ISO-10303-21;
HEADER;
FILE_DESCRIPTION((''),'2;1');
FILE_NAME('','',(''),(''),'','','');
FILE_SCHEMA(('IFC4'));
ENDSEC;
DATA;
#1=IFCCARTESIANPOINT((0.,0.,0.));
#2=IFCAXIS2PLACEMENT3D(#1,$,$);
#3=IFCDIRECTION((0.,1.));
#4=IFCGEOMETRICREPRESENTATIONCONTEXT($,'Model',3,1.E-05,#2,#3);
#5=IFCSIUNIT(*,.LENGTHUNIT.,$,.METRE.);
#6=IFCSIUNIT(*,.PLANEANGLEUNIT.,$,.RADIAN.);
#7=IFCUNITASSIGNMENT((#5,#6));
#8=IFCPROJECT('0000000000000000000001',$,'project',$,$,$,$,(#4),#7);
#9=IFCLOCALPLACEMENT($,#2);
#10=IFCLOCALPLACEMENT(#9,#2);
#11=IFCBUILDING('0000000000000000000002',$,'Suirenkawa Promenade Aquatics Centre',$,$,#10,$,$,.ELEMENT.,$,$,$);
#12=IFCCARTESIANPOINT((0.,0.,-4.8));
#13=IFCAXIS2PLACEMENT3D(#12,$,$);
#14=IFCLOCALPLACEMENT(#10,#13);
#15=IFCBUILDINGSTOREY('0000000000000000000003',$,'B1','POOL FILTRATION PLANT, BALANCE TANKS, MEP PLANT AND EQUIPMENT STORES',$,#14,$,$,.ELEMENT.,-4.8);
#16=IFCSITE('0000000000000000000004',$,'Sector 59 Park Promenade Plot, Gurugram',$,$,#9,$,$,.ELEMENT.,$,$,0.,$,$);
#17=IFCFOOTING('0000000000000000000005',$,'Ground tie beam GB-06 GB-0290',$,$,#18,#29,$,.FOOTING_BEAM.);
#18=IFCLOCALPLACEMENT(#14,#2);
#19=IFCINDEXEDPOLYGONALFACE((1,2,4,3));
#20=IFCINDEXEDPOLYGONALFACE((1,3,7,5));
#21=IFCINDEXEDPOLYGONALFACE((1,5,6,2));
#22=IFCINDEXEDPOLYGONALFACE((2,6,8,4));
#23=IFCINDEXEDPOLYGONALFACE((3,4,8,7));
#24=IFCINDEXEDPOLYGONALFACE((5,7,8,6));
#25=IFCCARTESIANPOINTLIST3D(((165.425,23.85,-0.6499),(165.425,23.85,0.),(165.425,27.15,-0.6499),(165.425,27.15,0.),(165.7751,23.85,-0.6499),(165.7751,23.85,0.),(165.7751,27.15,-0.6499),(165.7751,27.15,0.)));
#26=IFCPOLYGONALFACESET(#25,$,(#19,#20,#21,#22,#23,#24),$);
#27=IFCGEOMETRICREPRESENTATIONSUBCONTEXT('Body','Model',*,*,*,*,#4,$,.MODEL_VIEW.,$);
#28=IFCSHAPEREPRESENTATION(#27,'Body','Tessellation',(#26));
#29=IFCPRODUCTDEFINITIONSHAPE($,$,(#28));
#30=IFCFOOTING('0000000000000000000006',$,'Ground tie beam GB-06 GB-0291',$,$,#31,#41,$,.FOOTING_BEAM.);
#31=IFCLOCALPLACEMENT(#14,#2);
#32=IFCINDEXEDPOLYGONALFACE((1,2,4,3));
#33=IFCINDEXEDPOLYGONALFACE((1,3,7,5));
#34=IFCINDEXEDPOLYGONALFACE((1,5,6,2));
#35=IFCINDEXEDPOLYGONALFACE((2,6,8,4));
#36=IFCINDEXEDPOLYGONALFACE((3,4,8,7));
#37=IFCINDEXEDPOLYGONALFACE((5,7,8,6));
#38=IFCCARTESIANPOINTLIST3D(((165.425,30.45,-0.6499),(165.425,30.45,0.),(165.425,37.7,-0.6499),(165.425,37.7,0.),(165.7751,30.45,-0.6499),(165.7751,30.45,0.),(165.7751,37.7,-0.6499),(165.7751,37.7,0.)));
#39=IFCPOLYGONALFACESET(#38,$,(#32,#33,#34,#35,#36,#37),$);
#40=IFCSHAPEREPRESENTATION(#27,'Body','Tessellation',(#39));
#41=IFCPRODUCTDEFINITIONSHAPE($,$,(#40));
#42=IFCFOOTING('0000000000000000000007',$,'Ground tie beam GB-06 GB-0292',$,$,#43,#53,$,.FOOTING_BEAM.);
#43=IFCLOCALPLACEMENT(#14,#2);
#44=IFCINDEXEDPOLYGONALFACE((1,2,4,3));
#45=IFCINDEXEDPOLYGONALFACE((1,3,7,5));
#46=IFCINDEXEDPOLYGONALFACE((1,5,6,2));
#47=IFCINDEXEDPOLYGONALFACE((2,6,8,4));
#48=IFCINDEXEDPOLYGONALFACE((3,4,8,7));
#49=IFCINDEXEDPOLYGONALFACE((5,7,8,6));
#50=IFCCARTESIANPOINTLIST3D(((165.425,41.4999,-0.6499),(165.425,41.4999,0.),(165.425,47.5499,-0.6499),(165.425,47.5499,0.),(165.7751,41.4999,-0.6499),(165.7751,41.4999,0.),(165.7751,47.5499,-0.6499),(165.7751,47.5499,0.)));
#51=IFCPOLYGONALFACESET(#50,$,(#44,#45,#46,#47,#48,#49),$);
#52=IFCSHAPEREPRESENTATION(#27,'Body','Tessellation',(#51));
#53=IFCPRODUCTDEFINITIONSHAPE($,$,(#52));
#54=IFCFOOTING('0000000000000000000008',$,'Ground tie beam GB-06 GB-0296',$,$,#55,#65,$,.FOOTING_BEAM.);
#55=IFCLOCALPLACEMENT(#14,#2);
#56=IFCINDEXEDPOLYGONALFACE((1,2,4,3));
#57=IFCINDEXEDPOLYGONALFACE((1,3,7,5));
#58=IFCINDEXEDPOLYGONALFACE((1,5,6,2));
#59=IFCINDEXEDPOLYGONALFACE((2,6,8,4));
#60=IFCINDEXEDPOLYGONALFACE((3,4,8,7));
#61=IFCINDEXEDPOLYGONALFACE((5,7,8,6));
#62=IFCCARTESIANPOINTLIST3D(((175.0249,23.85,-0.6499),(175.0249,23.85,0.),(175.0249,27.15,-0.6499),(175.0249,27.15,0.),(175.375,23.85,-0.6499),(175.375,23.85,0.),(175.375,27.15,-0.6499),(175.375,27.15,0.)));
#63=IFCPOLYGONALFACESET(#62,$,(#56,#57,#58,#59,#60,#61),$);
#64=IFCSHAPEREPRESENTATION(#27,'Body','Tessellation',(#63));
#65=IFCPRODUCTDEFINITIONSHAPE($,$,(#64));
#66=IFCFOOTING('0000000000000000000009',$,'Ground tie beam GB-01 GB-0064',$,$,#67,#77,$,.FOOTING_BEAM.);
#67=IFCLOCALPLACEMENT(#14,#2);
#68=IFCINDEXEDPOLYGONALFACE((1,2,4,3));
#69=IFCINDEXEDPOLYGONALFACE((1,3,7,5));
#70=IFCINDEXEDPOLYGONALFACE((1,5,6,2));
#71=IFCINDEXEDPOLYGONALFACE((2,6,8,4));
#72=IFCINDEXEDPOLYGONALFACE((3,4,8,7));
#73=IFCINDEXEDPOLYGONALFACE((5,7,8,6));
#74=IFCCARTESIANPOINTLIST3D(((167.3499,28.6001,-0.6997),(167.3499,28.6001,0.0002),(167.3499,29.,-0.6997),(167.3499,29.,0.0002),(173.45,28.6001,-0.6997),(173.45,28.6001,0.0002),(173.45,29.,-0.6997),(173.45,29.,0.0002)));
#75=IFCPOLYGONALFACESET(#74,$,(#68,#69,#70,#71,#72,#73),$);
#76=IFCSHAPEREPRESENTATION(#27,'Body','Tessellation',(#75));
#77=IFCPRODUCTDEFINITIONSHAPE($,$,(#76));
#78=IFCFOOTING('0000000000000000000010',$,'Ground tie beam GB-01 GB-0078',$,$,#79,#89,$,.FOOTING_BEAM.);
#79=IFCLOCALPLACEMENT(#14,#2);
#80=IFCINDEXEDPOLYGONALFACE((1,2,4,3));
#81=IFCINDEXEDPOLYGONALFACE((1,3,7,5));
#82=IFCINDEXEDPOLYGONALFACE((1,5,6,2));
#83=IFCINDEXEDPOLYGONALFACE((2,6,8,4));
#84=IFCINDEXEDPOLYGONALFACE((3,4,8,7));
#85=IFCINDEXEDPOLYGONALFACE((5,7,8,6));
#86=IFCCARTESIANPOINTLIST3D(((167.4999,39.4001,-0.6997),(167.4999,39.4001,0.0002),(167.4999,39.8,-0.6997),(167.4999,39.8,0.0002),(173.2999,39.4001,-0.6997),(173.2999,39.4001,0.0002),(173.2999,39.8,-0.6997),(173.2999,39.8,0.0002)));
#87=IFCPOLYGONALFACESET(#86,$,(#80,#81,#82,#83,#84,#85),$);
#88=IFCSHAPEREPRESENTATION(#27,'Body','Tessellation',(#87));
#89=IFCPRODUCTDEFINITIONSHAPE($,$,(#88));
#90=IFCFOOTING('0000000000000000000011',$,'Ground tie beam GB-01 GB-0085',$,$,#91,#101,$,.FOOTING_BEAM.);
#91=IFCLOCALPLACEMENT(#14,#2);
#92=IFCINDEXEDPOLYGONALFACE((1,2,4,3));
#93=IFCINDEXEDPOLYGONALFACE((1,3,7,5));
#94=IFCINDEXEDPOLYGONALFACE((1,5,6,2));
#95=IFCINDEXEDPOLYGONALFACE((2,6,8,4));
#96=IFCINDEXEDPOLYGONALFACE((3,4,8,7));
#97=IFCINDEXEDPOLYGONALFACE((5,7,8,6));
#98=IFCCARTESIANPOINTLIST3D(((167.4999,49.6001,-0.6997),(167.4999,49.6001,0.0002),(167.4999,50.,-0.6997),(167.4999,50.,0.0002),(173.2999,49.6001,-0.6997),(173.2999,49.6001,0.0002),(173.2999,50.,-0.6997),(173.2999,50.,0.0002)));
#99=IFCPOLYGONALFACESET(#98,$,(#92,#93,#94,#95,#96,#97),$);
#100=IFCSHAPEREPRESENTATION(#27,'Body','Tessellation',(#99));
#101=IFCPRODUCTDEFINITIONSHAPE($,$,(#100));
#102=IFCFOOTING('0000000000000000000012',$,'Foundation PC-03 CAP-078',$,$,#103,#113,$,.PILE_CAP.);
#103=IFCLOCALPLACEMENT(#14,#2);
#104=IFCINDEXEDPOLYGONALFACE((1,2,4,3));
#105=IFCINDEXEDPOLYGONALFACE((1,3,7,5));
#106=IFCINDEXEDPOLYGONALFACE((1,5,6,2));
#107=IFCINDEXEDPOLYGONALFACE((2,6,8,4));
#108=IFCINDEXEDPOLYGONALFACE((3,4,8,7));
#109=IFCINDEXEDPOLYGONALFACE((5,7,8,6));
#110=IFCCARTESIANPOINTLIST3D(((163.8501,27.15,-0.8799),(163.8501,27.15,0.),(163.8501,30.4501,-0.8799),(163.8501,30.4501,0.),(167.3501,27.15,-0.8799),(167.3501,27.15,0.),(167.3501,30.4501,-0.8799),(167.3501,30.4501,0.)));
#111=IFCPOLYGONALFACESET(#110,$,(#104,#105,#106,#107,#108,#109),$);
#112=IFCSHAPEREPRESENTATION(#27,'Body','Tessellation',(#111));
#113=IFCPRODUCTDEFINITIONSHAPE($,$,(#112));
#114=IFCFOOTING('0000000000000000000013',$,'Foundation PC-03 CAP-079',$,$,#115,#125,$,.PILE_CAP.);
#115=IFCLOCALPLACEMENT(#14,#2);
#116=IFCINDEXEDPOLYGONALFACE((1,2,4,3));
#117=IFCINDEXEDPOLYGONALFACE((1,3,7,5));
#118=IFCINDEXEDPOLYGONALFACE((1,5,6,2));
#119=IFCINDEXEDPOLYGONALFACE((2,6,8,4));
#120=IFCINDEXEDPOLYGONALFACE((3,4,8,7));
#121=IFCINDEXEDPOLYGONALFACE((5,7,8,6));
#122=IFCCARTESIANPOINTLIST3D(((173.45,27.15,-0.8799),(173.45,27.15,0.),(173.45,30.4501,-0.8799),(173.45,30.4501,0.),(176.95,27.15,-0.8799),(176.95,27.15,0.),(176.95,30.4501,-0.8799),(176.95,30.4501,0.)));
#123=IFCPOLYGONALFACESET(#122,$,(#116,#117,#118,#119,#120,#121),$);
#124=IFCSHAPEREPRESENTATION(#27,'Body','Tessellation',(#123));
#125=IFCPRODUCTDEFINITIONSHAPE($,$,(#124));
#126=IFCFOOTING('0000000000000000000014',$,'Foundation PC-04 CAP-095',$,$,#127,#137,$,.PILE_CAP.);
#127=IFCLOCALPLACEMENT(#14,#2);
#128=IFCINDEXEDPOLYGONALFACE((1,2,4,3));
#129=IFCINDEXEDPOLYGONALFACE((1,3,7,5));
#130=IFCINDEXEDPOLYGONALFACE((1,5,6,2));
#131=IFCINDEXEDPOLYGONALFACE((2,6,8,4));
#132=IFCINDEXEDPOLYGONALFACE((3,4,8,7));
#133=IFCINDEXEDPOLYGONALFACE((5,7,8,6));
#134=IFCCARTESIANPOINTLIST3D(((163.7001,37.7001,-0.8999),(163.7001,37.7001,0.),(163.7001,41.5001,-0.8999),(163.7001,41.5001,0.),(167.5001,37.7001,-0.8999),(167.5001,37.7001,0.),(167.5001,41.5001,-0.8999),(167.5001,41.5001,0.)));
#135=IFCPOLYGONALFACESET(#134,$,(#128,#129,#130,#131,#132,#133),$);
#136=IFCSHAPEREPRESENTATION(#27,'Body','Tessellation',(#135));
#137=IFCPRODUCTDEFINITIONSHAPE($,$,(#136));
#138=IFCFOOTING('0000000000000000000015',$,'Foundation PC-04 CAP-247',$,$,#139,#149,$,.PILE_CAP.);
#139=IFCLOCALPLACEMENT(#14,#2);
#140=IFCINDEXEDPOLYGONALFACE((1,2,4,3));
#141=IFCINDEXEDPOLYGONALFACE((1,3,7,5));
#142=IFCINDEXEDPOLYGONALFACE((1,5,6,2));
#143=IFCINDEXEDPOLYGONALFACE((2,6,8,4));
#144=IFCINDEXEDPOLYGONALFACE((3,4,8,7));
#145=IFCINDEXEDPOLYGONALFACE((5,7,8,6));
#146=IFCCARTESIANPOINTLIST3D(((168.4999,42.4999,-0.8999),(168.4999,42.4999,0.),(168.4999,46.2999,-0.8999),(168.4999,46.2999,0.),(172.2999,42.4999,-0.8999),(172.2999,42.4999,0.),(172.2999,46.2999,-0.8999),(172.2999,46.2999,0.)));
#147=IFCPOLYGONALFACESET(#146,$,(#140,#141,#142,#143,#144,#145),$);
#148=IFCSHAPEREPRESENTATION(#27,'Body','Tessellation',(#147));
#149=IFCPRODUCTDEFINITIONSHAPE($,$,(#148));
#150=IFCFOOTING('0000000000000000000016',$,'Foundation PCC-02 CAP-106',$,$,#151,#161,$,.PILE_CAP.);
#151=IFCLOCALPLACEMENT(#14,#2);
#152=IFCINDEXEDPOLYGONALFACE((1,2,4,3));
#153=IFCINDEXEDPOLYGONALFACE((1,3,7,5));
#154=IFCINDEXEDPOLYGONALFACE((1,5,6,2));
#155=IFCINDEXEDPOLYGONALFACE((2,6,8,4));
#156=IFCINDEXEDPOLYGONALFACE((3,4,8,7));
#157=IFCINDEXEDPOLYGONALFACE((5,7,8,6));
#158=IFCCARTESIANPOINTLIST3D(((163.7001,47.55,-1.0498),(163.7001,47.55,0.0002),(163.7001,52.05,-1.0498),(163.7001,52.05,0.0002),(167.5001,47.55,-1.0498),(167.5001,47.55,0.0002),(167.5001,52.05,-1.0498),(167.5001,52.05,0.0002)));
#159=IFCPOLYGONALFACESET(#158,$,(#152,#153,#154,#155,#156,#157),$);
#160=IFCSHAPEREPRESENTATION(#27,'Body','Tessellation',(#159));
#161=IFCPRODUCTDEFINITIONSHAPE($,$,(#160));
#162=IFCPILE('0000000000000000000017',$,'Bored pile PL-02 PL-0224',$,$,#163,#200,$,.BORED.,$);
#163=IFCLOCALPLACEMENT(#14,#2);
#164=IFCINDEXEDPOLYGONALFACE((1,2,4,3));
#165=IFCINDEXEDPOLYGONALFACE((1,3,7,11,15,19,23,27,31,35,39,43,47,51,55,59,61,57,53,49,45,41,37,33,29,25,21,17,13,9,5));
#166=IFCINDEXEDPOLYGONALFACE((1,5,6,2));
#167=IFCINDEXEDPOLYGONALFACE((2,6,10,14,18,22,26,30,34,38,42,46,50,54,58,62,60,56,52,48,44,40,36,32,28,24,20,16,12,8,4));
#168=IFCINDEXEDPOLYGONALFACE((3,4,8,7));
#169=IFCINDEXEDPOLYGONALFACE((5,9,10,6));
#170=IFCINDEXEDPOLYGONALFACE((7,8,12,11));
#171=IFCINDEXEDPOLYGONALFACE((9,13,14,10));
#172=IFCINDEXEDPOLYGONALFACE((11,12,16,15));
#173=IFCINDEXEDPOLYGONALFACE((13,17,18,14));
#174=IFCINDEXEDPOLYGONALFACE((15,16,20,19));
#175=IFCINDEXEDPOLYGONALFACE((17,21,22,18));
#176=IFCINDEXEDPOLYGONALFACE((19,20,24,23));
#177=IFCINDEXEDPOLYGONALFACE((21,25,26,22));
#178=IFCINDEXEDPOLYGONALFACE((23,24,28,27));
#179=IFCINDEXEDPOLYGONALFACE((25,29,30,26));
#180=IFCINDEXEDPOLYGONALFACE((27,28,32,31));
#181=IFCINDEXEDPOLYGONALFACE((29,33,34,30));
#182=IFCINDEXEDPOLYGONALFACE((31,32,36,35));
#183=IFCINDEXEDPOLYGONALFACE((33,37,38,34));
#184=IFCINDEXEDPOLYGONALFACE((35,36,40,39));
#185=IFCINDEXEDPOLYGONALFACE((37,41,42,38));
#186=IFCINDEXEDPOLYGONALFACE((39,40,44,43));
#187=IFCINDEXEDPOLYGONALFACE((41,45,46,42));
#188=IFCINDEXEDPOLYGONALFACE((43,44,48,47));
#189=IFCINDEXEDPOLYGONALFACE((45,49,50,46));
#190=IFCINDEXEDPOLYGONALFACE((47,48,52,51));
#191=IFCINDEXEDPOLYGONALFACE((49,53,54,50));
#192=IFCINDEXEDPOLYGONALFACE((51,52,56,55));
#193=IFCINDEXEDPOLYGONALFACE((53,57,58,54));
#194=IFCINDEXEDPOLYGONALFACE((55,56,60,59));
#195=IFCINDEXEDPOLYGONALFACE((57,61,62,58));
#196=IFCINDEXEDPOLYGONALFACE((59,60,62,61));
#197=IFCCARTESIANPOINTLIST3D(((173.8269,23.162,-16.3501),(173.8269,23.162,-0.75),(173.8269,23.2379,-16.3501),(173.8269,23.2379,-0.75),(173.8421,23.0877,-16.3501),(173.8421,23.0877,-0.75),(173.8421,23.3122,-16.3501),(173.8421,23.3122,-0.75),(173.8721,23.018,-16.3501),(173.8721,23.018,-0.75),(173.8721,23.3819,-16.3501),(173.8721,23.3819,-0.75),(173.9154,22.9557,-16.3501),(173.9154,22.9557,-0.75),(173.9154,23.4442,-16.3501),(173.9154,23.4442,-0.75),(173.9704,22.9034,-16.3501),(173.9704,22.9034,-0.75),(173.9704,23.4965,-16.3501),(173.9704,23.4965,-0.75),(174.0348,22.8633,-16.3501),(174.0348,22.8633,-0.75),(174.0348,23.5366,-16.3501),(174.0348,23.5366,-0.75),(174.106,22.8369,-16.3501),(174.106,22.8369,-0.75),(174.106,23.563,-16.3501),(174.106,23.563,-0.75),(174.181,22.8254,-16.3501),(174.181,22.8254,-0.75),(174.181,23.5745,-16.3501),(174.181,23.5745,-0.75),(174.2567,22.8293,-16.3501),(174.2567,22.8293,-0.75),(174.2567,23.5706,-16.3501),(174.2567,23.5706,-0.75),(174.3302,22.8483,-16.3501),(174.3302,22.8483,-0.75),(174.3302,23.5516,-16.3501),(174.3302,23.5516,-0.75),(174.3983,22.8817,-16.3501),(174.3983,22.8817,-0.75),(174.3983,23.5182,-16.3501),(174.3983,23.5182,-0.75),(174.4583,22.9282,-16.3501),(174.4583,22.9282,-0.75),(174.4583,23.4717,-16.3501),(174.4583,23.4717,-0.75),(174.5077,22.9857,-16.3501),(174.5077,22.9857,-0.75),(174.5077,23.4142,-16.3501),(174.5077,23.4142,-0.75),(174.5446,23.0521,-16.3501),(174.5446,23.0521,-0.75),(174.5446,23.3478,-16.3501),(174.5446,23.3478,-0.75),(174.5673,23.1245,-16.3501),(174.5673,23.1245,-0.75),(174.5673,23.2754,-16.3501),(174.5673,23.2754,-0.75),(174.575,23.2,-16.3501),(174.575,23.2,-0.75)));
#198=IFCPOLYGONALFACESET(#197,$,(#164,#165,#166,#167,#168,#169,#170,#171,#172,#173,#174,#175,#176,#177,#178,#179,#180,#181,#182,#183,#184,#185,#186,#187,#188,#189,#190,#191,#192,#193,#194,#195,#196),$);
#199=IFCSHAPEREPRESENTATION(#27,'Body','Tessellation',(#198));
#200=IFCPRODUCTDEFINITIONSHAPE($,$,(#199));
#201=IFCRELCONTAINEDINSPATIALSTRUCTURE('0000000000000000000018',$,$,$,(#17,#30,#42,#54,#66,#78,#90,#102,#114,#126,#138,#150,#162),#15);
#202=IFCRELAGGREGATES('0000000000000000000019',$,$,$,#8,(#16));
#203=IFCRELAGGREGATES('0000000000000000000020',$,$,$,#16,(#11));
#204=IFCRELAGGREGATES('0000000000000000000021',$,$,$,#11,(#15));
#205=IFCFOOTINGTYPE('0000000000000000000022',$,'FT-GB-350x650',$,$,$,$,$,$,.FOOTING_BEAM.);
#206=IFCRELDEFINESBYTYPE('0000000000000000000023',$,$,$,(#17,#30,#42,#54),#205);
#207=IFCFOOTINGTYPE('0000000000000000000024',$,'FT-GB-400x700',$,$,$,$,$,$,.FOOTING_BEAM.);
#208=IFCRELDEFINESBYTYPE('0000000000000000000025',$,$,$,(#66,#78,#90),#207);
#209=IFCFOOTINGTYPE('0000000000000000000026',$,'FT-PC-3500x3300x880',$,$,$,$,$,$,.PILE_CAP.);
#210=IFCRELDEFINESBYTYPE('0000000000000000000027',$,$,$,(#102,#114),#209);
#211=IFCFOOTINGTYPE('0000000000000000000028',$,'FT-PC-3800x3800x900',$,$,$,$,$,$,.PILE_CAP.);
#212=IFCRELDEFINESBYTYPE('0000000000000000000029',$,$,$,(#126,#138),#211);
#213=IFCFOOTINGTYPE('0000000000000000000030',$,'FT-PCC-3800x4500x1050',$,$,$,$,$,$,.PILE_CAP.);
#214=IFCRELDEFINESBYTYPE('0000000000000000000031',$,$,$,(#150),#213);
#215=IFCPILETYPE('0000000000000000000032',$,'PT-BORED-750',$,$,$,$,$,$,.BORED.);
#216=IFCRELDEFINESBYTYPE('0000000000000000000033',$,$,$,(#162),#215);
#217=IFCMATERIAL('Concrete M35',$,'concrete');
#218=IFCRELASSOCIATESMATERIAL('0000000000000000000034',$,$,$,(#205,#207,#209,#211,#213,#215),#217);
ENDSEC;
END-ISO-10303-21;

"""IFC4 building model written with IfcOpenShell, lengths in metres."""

from ifc_helpers import new_model, si_unit, direction, frame, origin, origin_2d, place, context, subcontext, project, spatial, rectangle, circle, extrude, material, material_profile, profile_set, type_object, element, save


model = new_model("IFC4")

# Units and contexts
model_context = context("Model", 3, precision=1e-05, world=origin(), true_north=direction((0.0, 1.0)))
body_context = subcontext(model_context, "Body", "Model", "MODEL_VIEW")
ifc_project = project(units=[si_unit("LENGTHUNIT", "METRE"), si_unit("PLANEANGLEUNIT", "RADIAN")], contexts=[model_context])

# Site, building, storey
site_placement = place(None, origin())
site = spatial("IfcSite", under=ifc_project, at=site_placement, Name="Sector 59 Park Promenade Plot, Gurugram", CompositionType="ELEMENT", RefElevation=0.0)
building_placement = place(site_placement, origin())
building = spatial("IfcBuilding", under=site, at=building_placement, Name="Suirenkawa Promenade Aquatics Centre", CompositionType="ELEMENT")
storey_placement = place(building_placement, frame((0.0, 0.0, -4.8)))
storey = spatial("IfcBuildingStorey", under=building, at=storey_placement, Name="B1", Description="POOL FILTRATION PLANT, BALANCE TANKS, MEP PLANT AND EQUIPMENT STORES", CompositionType="ELEMENT", Elevation=-4.8)

# Footings
ifc_material_1 = material(Name="Concrete M35", Category="concrete")
footing_type_1 = type_object("IfcFootingType", Name="FT-GB-350x650", PredefinedType="FOOTING_BEAM", material=ifc_material_1)
footing_1_placement = place(storey_placement, frame((165.6001, 25.5, -0.6499), z_axis=(0.0, 0.0, 1.0), x_axis=(0.0, 1.0, 0.0)))
element("IfcFooting", 1, at=footing_1_placement, inside=storey, type_object=footing_type_1, Name="Ground tie beam GB-06 GB-0290", PredefinedType="FOOTING_BEAM", context=body_context, shape_type="SweptSolid", body=[
    extrude(rectangle(XDim=3.3, YDim=0.3501, at=origin_2d()), origin(), (0.0, 0.0, 1.0), 0.6499),
])
footing_2_placement = place(storey_placement, frame((165.6001, 34.075, -0.6499), z_axis=(0.0, 0.0, 1.0), x_axis=(0.0, 1.0, 0.0)))
element("IfcFooting", 2, at=footing_2_placement, inside=storey, type_object=footing_type_1, Name="Ground tie beam GB-06 GB-0291", PredefinedType="FOOTING_BEAM", context=body_context, shape_type="SweptSolid", body=[
    extrude(rectangle(XDim=7.25, YDim=0.3501, at=origin_2d()), origin(), (0.0, 0.0, 1.0), 0.6499),
])
footing_3_placement = place(storey_placement, frame((165.6001, 44.5249, -0.6499), z_axis=(0.0, 0.0, 1.0), x_axis=(0.0, 1.0, 0.0)))
element("IfcFooting", 3, at=footing_3_placement, inside=storey, type_object=footing_type_1, Name="Ground tie beam GB-06 GB-0292", PredefinedType="FOOTING_BEAM", context=body_context, shape_type="SweptSolid", body=[
    extrude(rectangle(XDim=6.05, YDim=0.3501, at=origin_2d()), origin(), (0.0, 0.0, 1.0), 0.6499),
])
footing_4_placement = place(storey_placement, frame((175.2, 25.5, -0.6499), z_axis=(0.0, 0.0, 1.0), x_axis=(0.0, 1.0, 0.0)))
element("IfcFooting", 4, at=footing_4_placement, inside=storey, type_object=footing_type_1, Name="Ground tie beam GB-06 GB-0296", PredefinedType="FOOTING_BEAM", context=body_context, shape_type="SweptSolid", body=[
    extrude(rectangle(XDim=3.3, YDim=0.3501, at=origin_2d()), origin(), (0.0, 0.0, 1.0), 0.6499),
])
footing_type_2 = type_object("IfcFootingType", Name="FT-GB-400x700", PredefinedType="FOOTING_BEAM", material=ifc_material_1)
footing_5_placement = place(storey_placement, frame((170.3999, 28.8, -0.6997), z_axis=(0.0, 0.0, 1.0), x_axis=(1.0, 0.0, 0.0)))
element("IfcFooting", 5, at=footing_5_placement, inside=storey, type_object=footing_type_2, Name="Ground tie beam GB-01 GB-0064", PredefinedType="FOOTING_BEAM", context=body_context, shape_type="SweptSolid", body=[
    extrude(rectangle(XDim=6.1001, YDim=0.3999, at=origin_2d()), origin(), (0.0, 0.0, 1.0), 0.7),
])
for number, where, z_axis, x_axis, name in (
    (6, (170.3999, 39.6001, -0.6997), (0.0, 0.0, 1.0), (1.0, 0.0, 0.0), "Ground tie beam GB-01 GB-0078"),
    (7, (170.3999, 49.8, -0.6997), (0.0, 0.0, 1.0), (1.0, 0.0, 0.0), "Ground tie beam GB-01 GB-0085"),
):
    element("IfcFooting", number, at=place(storey_placement, frame(where, z_axis=z_axis, x_axis=x_axis)), inside=storey, type_object=footing_type_2, Name=name, PredefinedType="FOOTING_BEAM", context=body_context, shape_type="SweptSolid", body=[
        extrude(rectangle(XDim=5.8, YDim=0.3999, at=origin_2d()), origin(), (0.0, 0.0, 1.0), 0.7),
    ])
footing_type_3 = type_object("IfcFootingType", Name="FT-PC-3500x3300x880", PredefinedType="PILE_CAP", material=ifc_material_1)
for number, where, z_axis, x_axis, name in (
    (8, (165.6001, 28.8, -0.8799), (0.0, 0.0, 1.0), (1.0, 0.0, 0.0), "Foundation PC-03 CAP-078"),
    (9, (175.2, 28.8, -0.8799), (0.0, 0.0, 1.0), (1.0, 0.0, 0.0), "Foundation PC-03 CAP-079"),
):
    element("IfcFooting", number, at=place(storey_placement, frame(where, z_axis=z_axis, x_axis=x_axis)), inside=storey, type_object=footing_type_3, Name=name, PredefinedType="PILE_CAP", context=body_context, shape_type="SweptSolid", body=[
        extrude(rectangle(XDim=3.5, YDim=3.3, at=origin_2d()), origin(), (0.0, 0.0, 1.0), 0.8799),
    ])
footing_type_4 = type_object("IfcFootingType", Name="FT-PC-3800x3800x900", PredefinedType="PILE_CAP", material=ifc_material_1)
for number, where, z_axis, x_axis, name in (
    (10, (165.6001, 39.6001, -0.8999), (0.0, 0.0, 1.0), (1.0, 0.0, 0.0), "Foundation PC-04 CAP-095"),
    (11, (170.3999, 44.3999, -0.8999), (0.0, 0.0, 1.0), (1.0, 0.0, 0.0), "Foundation PC-04 CAP-247"),
):
    element("IfcFooting", number, at=place(storey_placement, frame(where, z_axis=z_axis, x_axis=x_axis)), inside=storey, type_object=footing_type_4, Name=name, PredefinedType="PILE_CAP", context=body_context, shape_type="SweptSolid", body=[
        extrude(rectangle(XDim=3.8, YDim=3.8, at=origin_2d()), origin(), (0.0, 0.0, 1.0), 0.8999),
    ])
footing_type_5 = type_object("IfcFootingType", Name="FT-PCC-3800x4500x1050", PredefinedType="PILE_CAP", material=ifc_material_1)
footing_6_placement = place(storey_placement, frame((165.6001, 49.8, -1.0498), z_axis=(0.0, 0.0, 1.0), x_axis=(1.0, 0.0, 0.0)))
element("IfcFooting", 12, at=footing_6_placement, inside=storey, type_object=footing_type_5, Name="Foundation PCC-02 CAP-106", PredefinedType="PILE_CAP", context=body_context, shape_type="SweptSolid", body=[
    extrude(rectangle(XDim=3.8, YDim=4.5, at=origin_2d()), origin(), (0.0, 0.0, 1.0), 1.05),
])

# Pile
ifc_material_profile_1 = material_profile(ifc_material_1, circle(Radius=0.375, at=origin_2d()), Name="PILE D750", Category="concrete")
ifc_profile_set_1 = profile_set([ifc_material_profile_1], Name="Concrete M35")
pile_type_1 = type_object("IfcPileType", Name="PT-BORED-750", PredefinedType="BORED", material=ifc_profile_set_1)
for number, where, z_axis, x_axis, name in (
    (13, (174.2, 23.2, -0.75), (0.0, 0.0, -1.0), (1.0, 0.0, 0.0), "Bored pile PL-02 PL-0224"),
):
    element("IfcPile", number, at=place(storey_placement, frame(where, z_axis=z_axis, x_axis=x_axis)), inside=storey, type_object=pile_type_1, Name=name, PredefinedType="BORED", context=body_context, shape_type="SweptSolid", body=[
        extrude(circle(Radius=0.375, at=origin_2d()), origin(), (0.0, 0.0, 1.0), 15.6001),
    ])

save(model, "model.ifc")
